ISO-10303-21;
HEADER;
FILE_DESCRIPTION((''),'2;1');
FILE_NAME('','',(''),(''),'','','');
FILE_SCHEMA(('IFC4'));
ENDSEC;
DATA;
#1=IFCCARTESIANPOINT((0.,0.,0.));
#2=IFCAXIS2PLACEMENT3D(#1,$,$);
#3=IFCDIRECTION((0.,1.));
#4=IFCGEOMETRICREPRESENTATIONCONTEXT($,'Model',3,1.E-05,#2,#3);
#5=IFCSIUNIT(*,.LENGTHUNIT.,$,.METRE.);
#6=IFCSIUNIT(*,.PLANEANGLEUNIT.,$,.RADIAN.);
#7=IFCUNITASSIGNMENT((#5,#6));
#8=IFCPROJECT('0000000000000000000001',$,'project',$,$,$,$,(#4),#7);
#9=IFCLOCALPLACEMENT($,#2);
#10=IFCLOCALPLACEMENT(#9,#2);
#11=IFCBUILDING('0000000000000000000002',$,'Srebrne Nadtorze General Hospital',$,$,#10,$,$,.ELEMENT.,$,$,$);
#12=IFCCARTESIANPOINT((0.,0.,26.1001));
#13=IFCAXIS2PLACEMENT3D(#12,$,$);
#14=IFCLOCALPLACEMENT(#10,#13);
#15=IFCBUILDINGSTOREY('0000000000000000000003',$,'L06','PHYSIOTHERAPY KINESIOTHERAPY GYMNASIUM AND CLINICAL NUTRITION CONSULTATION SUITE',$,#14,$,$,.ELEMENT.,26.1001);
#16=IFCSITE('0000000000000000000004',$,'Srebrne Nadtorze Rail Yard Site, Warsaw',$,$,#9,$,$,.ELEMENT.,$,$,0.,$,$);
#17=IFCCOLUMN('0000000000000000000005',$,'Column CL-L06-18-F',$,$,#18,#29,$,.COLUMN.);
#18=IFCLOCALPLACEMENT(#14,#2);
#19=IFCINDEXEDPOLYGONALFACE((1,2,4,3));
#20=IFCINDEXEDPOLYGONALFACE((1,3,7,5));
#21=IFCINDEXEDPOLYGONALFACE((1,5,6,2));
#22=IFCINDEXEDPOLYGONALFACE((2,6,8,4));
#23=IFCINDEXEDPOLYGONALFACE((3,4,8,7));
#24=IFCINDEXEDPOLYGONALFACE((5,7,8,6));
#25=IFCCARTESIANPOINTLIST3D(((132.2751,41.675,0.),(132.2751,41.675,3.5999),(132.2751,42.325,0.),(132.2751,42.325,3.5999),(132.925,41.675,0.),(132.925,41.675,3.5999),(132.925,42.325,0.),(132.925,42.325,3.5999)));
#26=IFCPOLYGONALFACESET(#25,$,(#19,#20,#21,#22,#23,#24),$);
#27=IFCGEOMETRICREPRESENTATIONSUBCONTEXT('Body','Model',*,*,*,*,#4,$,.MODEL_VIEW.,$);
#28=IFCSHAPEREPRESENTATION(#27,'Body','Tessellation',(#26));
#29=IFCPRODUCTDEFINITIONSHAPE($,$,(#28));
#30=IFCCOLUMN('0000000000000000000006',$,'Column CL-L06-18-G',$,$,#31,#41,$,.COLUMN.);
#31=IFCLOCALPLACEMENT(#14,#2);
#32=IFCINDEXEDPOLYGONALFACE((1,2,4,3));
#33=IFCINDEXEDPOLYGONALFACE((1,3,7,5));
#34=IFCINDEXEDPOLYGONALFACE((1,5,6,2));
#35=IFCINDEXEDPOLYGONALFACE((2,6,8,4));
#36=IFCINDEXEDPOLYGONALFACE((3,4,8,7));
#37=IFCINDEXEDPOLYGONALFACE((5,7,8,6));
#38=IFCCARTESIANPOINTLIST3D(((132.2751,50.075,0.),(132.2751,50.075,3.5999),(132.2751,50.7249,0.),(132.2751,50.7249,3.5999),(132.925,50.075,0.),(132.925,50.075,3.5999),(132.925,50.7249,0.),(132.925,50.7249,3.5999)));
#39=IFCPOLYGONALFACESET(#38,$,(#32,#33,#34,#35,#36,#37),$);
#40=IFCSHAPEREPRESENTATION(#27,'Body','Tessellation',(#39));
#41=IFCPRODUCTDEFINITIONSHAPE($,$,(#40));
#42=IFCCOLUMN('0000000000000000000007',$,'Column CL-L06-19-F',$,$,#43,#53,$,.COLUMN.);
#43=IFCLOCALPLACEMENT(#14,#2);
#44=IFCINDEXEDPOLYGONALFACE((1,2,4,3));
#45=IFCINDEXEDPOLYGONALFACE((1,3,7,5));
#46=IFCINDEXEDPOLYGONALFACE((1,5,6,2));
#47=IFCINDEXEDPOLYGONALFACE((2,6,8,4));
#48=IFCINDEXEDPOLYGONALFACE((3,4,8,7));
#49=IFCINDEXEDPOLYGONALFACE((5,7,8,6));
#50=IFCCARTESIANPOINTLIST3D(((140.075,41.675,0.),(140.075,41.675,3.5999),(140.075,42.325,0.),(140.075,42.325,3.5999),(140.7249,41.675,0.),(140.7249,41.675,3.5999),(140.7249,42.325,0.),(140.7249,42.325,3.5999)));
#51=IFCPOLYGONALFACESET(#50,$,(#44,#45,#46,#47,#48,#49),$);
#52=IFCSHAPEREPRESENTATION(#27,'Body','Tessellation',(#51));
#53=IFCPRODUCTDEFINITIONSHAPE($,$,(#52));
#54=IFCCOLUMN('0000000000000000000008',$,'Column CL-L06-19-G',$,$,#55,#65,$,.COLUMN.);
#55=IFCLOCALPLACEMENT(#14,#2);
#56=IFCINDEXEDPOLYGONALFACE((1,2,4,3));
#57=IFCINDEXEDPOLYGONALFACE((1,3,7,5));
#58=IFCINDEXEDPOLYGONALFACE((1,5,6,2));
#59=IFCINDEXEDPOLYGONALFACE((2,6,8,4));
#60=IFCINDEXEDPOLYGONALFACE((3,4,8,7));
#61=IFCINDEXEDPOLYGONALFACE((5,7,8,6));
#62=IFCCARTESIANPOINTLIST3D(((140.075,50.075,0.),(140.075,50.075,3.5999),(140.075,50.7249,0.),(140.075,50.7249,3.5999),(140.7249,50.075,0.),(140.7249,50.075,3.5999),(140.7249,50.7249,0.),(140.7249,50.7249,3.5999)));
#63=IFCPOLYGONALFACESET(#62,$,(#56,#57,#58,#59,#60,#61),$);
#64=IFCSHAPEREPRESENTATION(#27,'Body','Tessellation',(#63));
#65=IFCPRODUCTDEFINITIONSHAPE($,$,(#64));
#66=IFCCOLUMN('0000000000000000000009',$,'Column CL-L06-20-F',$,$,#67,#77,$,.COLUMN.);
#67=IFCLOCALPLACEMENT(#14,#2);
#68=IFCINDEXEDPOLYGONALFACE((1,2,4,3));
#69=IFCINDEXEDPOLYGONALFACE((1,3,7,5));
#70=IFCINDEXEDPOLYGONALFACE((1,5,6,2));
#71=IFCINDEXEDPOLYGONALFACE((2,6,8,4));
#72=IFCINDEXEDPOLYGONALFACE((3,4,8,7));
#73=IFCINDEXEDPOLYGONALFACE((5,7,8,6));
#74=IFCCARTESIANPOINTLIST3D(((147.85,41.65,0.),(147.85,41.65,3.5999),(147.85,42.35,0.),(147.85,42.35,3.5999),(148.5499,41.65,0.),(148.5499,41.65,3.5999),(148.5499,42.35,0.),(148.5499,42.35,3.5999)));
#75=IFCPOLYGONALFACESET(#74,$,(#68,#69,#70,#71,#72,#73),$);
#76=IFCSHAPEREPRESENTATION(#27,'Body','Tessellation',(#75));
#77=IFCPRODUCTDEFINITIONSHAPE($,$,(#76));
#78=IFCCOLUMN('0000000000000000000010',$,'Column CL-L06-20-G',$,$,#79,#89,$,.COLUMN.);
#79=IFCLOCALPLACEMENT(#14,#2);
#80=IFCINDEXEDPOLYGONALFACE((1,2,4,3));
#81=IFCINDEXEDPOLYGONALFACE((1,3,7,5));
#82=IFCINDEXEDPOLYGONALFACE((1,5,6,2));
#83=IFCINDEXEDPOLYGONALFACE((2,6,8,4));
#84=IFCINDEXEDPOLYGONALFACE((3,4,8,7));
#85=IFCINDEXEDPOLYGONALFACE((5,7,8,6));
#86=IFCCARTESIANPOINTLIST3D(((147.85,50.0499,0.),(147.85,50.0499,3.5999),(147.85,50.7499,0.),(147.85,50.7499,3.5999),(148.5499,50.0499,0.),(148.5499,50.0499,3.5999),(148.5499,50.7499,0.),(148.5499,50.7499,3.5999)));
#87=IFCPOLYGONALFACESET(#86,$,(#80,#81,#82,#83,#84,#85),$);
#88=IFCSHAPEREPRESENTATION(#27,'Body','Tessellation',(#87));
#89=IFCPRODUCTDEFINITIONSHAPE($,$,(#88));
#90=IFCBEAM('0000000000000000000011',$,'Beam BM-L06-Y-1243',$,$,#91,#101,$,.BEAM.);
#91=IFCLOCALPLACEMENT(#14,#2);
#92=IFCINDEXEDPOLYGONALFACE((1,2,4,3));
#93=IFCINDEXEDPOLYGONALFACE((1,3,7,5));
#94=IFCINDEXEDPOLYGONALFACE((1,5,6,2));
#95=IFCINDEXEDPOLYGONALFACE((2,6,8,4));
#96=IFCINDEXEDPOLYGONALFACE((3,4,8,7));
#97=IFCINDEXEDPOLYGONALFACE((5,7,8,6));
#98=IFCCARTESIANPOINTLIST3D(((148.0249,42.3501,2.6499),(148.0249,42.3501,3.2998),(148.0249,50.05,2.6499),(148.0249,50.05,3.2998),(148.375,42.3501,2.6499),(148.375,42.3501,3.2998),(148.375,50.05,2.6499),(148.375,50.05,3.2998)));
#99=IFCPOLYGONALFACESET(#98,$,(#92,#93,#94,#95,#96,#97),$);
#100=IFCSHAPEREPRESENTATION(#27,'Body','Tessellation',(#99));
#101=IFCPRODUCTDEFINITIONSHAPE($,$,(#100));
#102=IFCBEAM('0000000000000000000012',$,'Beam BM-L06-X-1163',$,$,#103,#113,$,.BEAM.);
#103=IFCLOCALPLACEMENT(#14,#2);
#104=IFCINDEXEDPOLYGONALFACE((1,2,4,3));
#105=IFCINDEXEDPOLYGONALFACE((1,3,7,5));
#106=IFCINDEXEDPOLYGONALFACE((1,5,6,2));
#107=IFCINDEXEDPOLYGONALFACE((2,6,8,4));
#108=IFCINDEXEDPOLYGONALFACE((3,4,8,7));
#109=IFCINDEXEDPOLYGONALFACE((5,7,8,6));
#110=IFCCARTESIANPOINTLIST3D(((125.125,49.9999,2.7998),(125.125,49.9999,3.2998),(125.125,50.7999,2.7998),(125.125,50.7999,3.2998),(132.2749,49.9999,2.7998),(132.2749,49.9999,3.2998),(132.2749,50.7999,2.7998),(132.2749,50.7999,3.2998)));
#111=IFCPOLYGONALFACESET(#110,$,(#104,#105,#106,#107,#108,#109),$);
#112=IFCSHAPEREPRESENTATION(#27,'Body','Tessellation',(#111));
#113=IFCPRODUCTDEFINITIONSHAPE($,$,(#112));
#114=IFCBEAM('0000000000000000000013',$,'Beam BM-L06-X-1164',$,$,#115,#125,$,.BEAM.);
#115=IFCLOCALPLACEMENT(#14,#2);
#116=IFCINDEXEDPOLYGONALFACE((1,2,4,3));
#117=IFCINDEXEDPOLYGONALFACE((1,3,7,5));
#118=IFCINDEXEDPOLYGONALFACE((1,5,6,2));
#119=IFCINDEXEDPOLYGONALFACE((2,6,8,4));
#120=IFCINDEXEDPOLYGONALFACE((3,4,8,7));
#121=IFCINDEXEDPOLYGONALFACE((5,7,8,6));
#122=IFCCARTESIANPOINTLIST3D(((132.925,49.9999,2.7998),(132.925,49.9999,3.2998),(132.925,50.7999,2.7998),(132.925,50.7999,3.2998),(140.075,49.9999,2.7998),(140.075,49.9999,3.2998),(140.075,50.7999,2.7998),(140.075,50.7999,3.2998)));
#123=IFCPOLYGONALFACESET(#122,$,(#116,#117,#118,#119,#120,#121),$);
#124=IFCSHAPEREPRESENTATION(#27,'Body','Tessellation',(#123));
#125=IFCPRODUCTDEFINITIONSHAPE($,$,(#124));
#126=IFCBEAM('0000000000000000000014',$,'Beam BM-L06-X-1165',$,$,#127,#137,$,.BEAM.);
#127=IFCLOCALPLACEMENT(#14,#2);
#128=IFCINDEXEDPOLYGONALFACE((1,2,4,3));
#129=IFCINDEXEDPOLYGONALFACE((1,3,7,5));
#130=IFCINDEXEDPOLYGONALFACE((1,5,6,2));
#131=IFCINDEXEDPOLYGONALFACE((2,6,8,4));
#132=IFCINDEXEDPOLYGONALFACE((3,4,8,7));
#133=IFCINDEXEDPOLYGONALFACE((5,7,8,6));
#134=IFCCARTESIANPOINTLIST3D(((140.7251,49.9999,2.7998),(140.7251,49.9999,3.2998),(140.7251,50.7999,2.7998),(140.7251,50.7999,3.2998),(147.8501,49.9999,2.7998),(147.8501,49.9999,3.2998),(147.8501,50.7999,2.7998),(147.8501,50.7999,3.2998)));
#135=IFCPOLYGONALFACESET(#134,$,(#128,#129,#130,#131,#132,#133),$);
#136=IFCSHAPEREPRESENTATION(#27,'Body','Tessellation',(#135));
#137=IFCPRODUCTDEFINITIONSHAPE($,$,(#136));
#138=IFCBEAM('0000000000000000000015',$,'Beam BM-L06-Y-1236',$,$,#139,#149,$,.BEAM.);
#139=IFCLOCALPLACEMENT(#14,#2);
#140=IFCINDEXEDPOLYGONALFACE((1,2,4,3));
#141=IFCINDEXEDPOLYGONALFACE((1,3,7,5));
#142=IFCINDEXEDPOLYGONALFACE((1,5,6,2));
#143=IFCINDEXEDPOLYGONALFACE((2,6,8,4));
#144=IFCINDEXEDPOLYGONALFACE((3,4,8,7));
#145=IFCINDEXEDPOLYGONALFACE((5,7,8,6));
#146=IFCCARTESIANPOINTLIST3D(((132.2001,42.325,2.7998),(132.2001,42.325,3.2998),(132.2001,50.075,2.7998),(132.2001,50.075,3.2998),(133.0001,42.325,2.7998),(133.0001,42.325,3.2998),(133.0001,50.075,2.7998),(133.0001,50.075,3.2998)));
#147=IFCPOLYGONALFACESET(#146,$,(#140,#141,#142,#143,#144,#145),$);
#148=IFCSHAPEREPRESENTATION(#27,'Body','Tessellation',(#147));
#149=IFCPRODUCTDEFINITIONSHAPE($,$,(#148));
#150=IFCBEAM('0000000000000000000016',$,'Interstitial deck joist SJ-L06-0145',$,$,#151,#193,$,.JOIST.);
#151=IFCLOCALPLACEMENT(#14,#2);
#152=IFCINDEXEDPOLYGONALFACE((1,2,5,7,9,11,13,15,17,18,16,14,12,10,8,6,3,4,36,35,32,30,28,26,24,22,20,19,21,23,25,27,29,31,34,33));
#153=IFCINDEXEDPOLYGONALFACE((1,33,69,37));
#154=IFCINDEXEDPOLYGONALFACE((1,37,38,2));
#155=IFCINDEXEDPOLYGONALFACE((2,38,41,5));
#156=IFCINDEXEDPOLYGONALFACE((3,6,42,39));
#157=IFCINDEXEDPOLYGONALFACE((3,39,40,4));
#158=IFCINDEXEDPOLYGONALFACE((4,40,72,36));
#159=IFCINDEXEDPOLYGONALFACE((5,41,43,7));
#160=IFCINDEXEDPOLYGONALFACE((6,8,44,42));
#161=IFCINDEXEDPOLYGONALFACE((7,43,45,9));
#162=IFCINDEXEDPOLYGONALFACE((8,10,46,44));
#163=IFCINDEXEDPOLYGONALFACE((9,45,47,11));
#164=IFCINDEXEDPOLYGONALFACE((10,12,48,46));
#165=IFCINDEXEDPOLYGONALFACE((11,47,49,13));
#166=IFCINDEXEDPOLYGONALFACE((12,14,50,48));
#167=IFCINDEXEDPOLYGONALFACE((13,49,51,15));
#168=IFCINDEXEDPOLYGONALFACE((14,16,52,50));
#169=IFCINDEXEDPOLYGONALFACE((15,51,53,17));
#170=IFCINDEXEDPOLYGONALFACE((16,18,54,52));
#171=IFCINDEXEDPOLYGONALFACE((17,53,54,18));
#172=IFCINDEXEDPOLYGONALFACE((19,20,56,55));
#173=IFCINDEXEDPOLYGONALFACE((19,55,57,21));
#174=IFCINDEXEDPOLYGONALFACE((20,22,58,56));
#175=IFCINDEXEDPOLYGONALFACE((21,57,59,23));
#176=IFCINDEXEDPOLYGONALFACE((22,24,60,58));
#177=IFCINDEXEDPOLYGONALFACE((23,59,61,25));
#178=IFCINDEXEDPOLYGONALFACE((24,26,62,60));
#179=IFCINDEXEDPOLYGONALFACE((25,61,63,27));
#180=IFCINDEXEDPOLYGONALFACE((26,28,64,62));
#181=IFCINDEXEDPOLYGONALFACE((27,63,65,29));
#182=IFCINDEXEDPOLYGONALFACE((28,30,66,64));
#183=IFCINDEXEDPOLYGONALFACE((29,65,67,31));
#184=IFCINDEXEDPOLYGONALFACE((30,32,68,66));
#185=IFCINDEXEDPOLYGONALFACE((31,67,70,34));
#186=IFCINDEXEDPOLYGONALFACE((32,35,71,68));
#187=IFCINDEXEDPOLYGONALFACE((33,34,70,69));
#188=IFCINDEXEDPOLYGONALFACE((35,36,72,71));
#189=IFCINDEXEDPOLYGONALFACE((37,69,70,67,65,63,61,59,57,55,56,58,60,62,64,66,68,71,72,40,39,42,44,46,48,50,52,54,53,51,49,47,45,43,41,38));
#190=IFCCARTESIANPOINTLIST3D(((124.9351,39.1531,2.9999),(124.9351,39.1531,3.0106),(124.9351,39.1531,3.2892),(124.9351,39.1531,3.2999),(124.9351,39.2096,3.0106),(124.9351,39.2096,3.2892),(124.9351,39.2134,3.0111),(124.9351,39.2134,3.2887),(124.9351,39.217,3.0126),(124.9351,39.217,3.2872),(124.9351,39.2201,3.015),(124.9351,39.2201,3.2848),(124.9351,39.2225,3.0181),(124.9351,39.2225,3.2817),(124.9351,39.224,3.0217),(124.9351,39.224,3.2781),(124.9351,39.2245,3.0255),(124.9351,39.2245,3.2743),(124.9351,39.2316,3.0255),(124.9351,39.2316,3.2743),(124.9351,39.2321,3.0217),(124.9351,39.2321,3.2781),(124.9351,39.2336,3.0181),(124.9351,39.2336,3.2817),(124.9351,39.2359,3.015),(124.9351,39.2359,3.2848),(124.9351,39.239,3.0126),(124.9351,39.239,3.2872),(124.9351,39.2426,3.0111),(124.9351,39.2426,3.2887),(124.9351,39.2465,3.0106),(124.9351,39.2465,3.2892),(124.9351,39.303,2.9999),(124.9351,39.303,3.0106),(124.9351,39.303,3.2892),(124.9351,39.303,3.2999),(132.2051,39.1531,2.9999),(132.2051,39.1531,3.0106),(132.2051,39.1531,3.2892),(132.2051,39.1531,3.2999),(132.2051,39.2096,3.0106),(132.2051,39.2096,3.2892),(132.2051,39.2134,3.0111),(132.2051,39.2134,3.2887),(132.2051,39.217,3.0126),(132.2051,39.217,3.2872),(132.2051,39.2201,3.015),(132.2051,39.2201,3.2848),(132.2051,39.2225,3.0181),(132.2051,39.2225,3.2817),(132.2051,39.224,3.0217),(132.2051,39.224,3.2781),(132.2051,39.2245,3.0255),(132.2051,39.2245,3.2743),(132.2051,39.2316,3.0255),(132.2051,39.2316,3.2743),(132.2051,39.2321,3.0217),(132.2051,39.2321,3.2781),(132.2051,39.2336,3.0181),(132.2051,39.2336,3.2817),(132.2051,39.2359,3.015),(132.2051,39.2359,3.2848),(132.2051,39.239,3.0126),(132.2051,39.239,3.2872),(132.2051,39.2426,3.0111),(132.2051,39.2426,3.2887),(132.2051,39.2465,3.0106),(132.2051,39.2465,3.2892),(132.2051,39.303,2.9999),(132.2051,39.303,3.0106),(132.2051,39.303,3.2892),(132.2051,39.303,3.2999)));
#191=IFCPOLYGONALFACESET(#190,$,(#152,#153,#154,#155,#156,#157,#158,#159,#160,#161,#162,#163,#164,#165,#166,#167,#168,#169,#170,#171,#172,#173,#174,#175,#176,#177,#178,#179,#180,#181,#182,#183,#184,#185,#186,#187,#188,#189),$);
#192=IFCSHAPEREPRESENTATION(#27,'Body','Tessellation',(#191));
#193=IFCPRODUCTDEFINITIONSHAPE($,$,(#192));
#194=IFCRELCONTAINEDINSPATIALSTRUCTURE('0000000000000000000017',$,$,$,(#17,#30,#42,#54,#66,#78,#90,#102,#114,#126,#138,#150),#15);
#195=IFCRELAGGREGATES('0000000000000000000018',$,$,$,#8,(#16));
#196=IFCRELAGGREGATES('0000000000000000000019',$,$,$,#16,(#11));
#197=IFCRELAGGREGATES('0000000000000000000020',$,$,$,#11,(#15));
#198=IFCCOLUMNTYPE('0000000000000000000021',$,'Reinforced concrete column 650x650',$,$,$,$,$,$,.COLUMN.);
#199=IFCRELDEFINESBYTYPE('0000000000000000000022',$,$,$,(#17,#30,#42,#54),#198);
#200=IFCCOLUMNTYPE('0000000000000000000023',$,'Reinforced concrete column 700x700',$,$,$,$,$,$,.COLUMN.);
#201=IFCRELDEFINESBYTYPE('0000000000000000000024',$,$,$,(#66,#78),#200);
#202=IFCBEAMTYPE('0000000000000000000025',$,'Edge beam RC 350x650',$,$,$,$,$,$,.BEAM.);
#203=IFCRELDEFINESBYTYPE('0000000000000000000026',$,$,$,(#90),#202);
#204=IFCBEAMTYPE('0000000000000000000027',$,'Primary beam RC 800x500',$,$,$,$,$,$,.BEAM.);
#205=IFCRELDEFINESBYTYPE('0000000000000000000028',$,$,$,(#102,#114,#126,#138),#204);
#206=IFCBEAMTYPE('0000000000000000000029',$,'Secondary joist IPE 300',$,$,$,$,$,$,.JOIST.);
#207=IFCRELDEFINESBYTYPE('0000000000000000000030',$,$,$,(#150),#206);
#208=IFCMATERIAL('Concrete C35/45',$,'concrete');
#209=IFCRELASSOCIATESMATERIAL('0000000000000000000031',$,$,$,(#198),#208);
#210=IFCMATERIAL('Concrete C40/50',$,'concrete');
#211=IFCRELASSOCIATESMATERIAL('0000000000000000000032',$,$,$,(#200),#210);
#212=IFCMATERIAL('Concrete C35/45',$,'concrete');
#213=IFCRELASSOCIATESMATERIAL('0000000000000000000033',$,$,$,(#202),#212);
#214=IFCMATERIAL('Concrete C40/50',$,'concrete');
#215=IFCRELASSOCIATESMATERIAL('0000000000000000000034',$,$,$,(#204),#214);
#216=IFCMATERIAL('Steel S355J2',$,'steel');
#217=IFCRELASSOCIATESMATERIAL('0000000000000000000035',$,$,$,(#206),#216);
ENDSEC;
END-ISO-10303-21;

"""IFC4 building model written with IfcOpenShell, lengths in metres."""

from ifc_helpers import new_model, si_unit, direction, frame, origin, origin_2d, place, context, subcontext, project, spatial, rectangle, i_section, extrude, material, material_profile, profile_set, type_object, element, save


model = new_model("IFC4")

# Units and contexts
model_context = context("Model", 3, precision=1e-05, world=origin(), true_north=direction((0.0, 1.0)))
body_context = subcontext(model_context, "Body", "Model", "MODEL_VIEW")
ifc_project = project(units=[si_unit("LENGTHUNIT", "METRE"), si_unit("PLANEANGLEUNIT", "RADIAN")], contexts=[model_context])

# Site, building, storey
site_placement = place(None, origin())
site = spatial("IfcSite", under=ifc_project, at=site_placement, Name="Srebrne Nadtorze Rail Yard Site, Warsaw", CompositionType="ELEMENT", RefElevation=0.0)
building_placement = place(site_placement, origin())
building = spatial("IfcBuilding", under=site, at=building_placement, Name="Srebrne Nadtorze General Hospital", CompositionType="ELEMENT")
storey_placement = place(building_placement, frame((0.0, 0.0, 26.1001)))
storey = spatial("IfcBuildingStorey", under=building, at=storey_placement, Name="L06", Description="PHYSIOTHERAPY KINESIOTHERAPY GYMNASIUM AND CLINICAL NUTRITION CONSULTATION SUITE", CompositionType="ELEMENT", Elevation=26.1001)

# Columns
ifc_material_1 = material(Name="Concrete C35/45", Category="concrete")
ifc_material_profile_1 = material_profile(ifc_material_1, rectangle(XDim=0.6499, YDim=0.6499, at=origin_2d()), Name="RC-COL-650x650")
ifc_profile_set_1 = profile_set([ifc_material_profile_1], Name="Concrete C35/45")
column_type_1 = type_object("IfcColumnType", Name="Reinforced concrete column 650x650", PredefinedType="COLUMN", material=ifc_profile_set_1)
for number, where, z_axis, x_axis, name in (
    (1, (132.6001, 42.0, 0.0), (0.0, 0.0, 1.0), (1.0, 0.0, 0.0), "Column CL-L06-18-F"),
    (2, (132.6001, 50.3999, 0.0), (0.0, 0.0, 1.0), (1.0, 0.0, 0.0), "Column CL-L06-18-G"),
    (3, (140.3999, 42.0, 0.0), (0.0, 0.0, 1.0), (1.0, 0.0, 0.0), "Column CL-L06-19-F"),
    (4, (140.3999, 50.3999, 0.0), (0.0, 0.0, 1.0), (1.0, 0.0, 0.0), "Column CL-L06-19-G"),
):
    element("IfcColumn", number, at=place(storey_placement, frame(where, z_axis=z_axis, x_axis=x_axis)), inside=storey, type_object=column_type_1, Name=name, PredefinedType="COLUMN", context=body_context, shape_type="SweptSolid", body=[
        extrude(rectangle(XDim=0.6499, YDim=0.6499, at=origin_2d()), origin(), (0.0, 0.0, 1.0), 3.5999),
    ])
ifc_material_2 = material(Name="Concrete C40/50", Category="concrete")
ifc_material_profile_2 = material_profile(ifc_material_2, rectangle(XDim=0.7, YDim=0.7, at=origin_2d()), Name="RC-COL-700x700")
ifc_profile_set_2 = profile_set([ifc_material_profile_2], Name="Concrete C40/50")
column_type_2 = type_object("IfcColumnType", Name="Reinforced concrete column 700x700", PredefinedType="COLUMN", material=ifc_profile_set_2)
for number, where, z_axis, x_axis, name in (
    (5, (148.2, 42.0, 0.0), (0.0, 0.0, 1.0), (1.0, 0.0, 0.0), "Column CL-L06-20-F"),
    (6, (148.2, 50.3999, 0.0), (0.0, 0.0, 1.0), (1.0, 0.0, 0.0), "Column CL-L06-20-G"),
):
    element("IfcColumn", number, at=place(storey_placement, frame(where, z_axis=z_axis, x_axis=x_axis)), inside=storey, type_object=column_type_2, Name=name, PredefinedType="COLUMN", context=body_context, shape_type="SweptSolid", body=[
        extrude(rectangle(XDim=0.7, YDim=0.7, at=origin_2d()), origin(), (0.0, 0.0, 1.0), 3.5999),
    ])

# Beams
ifc_material_3 = material(Name="Concrete C35/45", Category="concrete")
ifc_material_profile_3 = material_profile(ifc_material_3, rectangle(XDim=0.3501, YDim=0.6499, at=origin_2d()), Name="RC-BM-350x650")
ifc_profile_set_3 = profile_set([ifc_material_profile_3], Name="Concrete C35/45")
beam_type_1 = type_object("IfcBeamType", Name="Edge beam RC 350x650", PredefinedType="BEAM", material=ifc_profile_set_3)
beam_1_placement = place(storey_placement, frame((148.2, 42.3501, 2.9749), z_axis=(0.0, 1.0, 0.0), x_axis=(-1.0, 0.0, 0.0)))
element("IfcBeam", 7, at=beam_1_placement, inside=storey, type_object=beam_type_1, Name="Beam BM-L06-Y-1243", PredefinedType="BEAM", context=body_context, shape_type="SweptSolid", body=[
    extrude(rectangle(XDim=0.3501, YDim=0.6499, at=origin_2d()), origin(), (0.0, 0.0, 1.0), 7.7),
])
ifc_material_4 = material(Name="Concrete C40/50", Category="concrete")
ifc_material_profile_4 = material_profile(ifc_material_4, rectangle(XDim=0.8, YDim=0.5, at=origin_2d()), Name="RC-BM-800x500")
ifc_profile_set_4 = profile_set([ifc_material_profile_4], Name="Concrete C40/50")
beam_type_2 = type_object("IfcBeamType", Name="Primary beam RC 800x500", PredefinedType="BEAM", material=ifc_profile_set_4)
for number, where, z_axis, x_axis, name in (
    (8, (125.125, 50.3999, 3.0498), (1.0, 0.0, 0.0), (0.0, 1.0, 0.0), "Beam BM-L06-X-1163"),
    (9, (132.925, 50.3999, 3.0498), (1.0, 0.0, 0.0), (0.0, 1.0, 0.0), "Beam BM-L06-X-1164"),
):
    element("IfcBeam", number, at=place(storey_placement, frame(where, z_axis=z_axis, x_axis=x_axis)), inside=storey, type_object=beam_type_2, Name=name, PredefinedType="BEAM", context=body_context, shape_type="SweptSolid", body=[
        extrude(rectangle(XDim=0.8, YDim=0.5, at=origin_2d()), origin(), (0.0, 0.0, 1.0), 7.1499),
    ])
beam_2_placement = place(storey_placement, frame((140.7251, 50.3999, 3.0498), z_axis=(1.0, 0.0, 0.0), x_axis=(0.0, 1.0, 0.0)))
element("IfcBeam", 10, at=beam_2_placement, inside=storey, type_object=beam_type_2, Name="Beam BM-L06-X-1165", PredefinedType="BEAM", context=body_context, shape_type="SweptSolid", body=[
    extrude(rectangle(XDim=0.8, YDim=0.5, at=origin_2d()), origin(), (0.0, 0.0, 1.0), 7.125),
])
beam_3_placement = place(storey_placement, frame((132.6001, 42.325, 3.0498), z_axis=(0.0, 1.0, 0.0), x_axis=(-1.0, 0.0, 0.0)))
element("IfcBeam", 11, at=beam_3_placement, inside=storey, type_object=beam_type_2, Name="Beam BM-L06-Y-1236", PredefinedType="BEAM", context=body_context, shape_type="SweptSolid", body=[
    extrude(rectangle(XDim=0.8, YDim=0.5, at=origin_2d()), origin(), (0.0, 0.0, 1.0), 7.75),
])
ifc_material_5 = material(Name="Steel S355J2", Category="steel")
ifc_material_profile_5 = material_profile(ifc_material_5, i_section(OverallWidth=0.1499, OverallDepth=0.3, WebThickness=0.0071, FlangeThickness=0.0107, FilletRadius=0.0149, at=origin_2d()), Name="IPE-300")
ifc_profile_set_5 = profile_set([ifc_material_profile_5], Name="Steel S355J2")
beam_type_3 = type_object("IfcBeamType", Name="Secondary joist IPE 300", PredefinedType="JOIST", material=ifc_profile_set_5)
beam_4_placement = place(storey_placement, frame((124.9351, 39.228, 3.1499), z_axis=(1.0, 0.0, 0.0), x_axis=(0.0, 1.0, 0.0)))
element("IfcBeam", 12, at=beam_4_placement, inside=storey, type_object=beam_type_3, Name="Interstitial deck joist SJ-L06-0145", PredefinedType="JOIST", context=body_context, shape_type="SweptSolid", body=[
    extrude(i_section(OverallWidth=0.1499, OverallDepth=0.3, WebThickness=0.0071, FlangeThickness=0.0107, FilletRadius=0.0149, at=origin_2d()), origin(), (0.0, 0.0, 1.0), 7.27),
])

save(model, "model.ifc")
